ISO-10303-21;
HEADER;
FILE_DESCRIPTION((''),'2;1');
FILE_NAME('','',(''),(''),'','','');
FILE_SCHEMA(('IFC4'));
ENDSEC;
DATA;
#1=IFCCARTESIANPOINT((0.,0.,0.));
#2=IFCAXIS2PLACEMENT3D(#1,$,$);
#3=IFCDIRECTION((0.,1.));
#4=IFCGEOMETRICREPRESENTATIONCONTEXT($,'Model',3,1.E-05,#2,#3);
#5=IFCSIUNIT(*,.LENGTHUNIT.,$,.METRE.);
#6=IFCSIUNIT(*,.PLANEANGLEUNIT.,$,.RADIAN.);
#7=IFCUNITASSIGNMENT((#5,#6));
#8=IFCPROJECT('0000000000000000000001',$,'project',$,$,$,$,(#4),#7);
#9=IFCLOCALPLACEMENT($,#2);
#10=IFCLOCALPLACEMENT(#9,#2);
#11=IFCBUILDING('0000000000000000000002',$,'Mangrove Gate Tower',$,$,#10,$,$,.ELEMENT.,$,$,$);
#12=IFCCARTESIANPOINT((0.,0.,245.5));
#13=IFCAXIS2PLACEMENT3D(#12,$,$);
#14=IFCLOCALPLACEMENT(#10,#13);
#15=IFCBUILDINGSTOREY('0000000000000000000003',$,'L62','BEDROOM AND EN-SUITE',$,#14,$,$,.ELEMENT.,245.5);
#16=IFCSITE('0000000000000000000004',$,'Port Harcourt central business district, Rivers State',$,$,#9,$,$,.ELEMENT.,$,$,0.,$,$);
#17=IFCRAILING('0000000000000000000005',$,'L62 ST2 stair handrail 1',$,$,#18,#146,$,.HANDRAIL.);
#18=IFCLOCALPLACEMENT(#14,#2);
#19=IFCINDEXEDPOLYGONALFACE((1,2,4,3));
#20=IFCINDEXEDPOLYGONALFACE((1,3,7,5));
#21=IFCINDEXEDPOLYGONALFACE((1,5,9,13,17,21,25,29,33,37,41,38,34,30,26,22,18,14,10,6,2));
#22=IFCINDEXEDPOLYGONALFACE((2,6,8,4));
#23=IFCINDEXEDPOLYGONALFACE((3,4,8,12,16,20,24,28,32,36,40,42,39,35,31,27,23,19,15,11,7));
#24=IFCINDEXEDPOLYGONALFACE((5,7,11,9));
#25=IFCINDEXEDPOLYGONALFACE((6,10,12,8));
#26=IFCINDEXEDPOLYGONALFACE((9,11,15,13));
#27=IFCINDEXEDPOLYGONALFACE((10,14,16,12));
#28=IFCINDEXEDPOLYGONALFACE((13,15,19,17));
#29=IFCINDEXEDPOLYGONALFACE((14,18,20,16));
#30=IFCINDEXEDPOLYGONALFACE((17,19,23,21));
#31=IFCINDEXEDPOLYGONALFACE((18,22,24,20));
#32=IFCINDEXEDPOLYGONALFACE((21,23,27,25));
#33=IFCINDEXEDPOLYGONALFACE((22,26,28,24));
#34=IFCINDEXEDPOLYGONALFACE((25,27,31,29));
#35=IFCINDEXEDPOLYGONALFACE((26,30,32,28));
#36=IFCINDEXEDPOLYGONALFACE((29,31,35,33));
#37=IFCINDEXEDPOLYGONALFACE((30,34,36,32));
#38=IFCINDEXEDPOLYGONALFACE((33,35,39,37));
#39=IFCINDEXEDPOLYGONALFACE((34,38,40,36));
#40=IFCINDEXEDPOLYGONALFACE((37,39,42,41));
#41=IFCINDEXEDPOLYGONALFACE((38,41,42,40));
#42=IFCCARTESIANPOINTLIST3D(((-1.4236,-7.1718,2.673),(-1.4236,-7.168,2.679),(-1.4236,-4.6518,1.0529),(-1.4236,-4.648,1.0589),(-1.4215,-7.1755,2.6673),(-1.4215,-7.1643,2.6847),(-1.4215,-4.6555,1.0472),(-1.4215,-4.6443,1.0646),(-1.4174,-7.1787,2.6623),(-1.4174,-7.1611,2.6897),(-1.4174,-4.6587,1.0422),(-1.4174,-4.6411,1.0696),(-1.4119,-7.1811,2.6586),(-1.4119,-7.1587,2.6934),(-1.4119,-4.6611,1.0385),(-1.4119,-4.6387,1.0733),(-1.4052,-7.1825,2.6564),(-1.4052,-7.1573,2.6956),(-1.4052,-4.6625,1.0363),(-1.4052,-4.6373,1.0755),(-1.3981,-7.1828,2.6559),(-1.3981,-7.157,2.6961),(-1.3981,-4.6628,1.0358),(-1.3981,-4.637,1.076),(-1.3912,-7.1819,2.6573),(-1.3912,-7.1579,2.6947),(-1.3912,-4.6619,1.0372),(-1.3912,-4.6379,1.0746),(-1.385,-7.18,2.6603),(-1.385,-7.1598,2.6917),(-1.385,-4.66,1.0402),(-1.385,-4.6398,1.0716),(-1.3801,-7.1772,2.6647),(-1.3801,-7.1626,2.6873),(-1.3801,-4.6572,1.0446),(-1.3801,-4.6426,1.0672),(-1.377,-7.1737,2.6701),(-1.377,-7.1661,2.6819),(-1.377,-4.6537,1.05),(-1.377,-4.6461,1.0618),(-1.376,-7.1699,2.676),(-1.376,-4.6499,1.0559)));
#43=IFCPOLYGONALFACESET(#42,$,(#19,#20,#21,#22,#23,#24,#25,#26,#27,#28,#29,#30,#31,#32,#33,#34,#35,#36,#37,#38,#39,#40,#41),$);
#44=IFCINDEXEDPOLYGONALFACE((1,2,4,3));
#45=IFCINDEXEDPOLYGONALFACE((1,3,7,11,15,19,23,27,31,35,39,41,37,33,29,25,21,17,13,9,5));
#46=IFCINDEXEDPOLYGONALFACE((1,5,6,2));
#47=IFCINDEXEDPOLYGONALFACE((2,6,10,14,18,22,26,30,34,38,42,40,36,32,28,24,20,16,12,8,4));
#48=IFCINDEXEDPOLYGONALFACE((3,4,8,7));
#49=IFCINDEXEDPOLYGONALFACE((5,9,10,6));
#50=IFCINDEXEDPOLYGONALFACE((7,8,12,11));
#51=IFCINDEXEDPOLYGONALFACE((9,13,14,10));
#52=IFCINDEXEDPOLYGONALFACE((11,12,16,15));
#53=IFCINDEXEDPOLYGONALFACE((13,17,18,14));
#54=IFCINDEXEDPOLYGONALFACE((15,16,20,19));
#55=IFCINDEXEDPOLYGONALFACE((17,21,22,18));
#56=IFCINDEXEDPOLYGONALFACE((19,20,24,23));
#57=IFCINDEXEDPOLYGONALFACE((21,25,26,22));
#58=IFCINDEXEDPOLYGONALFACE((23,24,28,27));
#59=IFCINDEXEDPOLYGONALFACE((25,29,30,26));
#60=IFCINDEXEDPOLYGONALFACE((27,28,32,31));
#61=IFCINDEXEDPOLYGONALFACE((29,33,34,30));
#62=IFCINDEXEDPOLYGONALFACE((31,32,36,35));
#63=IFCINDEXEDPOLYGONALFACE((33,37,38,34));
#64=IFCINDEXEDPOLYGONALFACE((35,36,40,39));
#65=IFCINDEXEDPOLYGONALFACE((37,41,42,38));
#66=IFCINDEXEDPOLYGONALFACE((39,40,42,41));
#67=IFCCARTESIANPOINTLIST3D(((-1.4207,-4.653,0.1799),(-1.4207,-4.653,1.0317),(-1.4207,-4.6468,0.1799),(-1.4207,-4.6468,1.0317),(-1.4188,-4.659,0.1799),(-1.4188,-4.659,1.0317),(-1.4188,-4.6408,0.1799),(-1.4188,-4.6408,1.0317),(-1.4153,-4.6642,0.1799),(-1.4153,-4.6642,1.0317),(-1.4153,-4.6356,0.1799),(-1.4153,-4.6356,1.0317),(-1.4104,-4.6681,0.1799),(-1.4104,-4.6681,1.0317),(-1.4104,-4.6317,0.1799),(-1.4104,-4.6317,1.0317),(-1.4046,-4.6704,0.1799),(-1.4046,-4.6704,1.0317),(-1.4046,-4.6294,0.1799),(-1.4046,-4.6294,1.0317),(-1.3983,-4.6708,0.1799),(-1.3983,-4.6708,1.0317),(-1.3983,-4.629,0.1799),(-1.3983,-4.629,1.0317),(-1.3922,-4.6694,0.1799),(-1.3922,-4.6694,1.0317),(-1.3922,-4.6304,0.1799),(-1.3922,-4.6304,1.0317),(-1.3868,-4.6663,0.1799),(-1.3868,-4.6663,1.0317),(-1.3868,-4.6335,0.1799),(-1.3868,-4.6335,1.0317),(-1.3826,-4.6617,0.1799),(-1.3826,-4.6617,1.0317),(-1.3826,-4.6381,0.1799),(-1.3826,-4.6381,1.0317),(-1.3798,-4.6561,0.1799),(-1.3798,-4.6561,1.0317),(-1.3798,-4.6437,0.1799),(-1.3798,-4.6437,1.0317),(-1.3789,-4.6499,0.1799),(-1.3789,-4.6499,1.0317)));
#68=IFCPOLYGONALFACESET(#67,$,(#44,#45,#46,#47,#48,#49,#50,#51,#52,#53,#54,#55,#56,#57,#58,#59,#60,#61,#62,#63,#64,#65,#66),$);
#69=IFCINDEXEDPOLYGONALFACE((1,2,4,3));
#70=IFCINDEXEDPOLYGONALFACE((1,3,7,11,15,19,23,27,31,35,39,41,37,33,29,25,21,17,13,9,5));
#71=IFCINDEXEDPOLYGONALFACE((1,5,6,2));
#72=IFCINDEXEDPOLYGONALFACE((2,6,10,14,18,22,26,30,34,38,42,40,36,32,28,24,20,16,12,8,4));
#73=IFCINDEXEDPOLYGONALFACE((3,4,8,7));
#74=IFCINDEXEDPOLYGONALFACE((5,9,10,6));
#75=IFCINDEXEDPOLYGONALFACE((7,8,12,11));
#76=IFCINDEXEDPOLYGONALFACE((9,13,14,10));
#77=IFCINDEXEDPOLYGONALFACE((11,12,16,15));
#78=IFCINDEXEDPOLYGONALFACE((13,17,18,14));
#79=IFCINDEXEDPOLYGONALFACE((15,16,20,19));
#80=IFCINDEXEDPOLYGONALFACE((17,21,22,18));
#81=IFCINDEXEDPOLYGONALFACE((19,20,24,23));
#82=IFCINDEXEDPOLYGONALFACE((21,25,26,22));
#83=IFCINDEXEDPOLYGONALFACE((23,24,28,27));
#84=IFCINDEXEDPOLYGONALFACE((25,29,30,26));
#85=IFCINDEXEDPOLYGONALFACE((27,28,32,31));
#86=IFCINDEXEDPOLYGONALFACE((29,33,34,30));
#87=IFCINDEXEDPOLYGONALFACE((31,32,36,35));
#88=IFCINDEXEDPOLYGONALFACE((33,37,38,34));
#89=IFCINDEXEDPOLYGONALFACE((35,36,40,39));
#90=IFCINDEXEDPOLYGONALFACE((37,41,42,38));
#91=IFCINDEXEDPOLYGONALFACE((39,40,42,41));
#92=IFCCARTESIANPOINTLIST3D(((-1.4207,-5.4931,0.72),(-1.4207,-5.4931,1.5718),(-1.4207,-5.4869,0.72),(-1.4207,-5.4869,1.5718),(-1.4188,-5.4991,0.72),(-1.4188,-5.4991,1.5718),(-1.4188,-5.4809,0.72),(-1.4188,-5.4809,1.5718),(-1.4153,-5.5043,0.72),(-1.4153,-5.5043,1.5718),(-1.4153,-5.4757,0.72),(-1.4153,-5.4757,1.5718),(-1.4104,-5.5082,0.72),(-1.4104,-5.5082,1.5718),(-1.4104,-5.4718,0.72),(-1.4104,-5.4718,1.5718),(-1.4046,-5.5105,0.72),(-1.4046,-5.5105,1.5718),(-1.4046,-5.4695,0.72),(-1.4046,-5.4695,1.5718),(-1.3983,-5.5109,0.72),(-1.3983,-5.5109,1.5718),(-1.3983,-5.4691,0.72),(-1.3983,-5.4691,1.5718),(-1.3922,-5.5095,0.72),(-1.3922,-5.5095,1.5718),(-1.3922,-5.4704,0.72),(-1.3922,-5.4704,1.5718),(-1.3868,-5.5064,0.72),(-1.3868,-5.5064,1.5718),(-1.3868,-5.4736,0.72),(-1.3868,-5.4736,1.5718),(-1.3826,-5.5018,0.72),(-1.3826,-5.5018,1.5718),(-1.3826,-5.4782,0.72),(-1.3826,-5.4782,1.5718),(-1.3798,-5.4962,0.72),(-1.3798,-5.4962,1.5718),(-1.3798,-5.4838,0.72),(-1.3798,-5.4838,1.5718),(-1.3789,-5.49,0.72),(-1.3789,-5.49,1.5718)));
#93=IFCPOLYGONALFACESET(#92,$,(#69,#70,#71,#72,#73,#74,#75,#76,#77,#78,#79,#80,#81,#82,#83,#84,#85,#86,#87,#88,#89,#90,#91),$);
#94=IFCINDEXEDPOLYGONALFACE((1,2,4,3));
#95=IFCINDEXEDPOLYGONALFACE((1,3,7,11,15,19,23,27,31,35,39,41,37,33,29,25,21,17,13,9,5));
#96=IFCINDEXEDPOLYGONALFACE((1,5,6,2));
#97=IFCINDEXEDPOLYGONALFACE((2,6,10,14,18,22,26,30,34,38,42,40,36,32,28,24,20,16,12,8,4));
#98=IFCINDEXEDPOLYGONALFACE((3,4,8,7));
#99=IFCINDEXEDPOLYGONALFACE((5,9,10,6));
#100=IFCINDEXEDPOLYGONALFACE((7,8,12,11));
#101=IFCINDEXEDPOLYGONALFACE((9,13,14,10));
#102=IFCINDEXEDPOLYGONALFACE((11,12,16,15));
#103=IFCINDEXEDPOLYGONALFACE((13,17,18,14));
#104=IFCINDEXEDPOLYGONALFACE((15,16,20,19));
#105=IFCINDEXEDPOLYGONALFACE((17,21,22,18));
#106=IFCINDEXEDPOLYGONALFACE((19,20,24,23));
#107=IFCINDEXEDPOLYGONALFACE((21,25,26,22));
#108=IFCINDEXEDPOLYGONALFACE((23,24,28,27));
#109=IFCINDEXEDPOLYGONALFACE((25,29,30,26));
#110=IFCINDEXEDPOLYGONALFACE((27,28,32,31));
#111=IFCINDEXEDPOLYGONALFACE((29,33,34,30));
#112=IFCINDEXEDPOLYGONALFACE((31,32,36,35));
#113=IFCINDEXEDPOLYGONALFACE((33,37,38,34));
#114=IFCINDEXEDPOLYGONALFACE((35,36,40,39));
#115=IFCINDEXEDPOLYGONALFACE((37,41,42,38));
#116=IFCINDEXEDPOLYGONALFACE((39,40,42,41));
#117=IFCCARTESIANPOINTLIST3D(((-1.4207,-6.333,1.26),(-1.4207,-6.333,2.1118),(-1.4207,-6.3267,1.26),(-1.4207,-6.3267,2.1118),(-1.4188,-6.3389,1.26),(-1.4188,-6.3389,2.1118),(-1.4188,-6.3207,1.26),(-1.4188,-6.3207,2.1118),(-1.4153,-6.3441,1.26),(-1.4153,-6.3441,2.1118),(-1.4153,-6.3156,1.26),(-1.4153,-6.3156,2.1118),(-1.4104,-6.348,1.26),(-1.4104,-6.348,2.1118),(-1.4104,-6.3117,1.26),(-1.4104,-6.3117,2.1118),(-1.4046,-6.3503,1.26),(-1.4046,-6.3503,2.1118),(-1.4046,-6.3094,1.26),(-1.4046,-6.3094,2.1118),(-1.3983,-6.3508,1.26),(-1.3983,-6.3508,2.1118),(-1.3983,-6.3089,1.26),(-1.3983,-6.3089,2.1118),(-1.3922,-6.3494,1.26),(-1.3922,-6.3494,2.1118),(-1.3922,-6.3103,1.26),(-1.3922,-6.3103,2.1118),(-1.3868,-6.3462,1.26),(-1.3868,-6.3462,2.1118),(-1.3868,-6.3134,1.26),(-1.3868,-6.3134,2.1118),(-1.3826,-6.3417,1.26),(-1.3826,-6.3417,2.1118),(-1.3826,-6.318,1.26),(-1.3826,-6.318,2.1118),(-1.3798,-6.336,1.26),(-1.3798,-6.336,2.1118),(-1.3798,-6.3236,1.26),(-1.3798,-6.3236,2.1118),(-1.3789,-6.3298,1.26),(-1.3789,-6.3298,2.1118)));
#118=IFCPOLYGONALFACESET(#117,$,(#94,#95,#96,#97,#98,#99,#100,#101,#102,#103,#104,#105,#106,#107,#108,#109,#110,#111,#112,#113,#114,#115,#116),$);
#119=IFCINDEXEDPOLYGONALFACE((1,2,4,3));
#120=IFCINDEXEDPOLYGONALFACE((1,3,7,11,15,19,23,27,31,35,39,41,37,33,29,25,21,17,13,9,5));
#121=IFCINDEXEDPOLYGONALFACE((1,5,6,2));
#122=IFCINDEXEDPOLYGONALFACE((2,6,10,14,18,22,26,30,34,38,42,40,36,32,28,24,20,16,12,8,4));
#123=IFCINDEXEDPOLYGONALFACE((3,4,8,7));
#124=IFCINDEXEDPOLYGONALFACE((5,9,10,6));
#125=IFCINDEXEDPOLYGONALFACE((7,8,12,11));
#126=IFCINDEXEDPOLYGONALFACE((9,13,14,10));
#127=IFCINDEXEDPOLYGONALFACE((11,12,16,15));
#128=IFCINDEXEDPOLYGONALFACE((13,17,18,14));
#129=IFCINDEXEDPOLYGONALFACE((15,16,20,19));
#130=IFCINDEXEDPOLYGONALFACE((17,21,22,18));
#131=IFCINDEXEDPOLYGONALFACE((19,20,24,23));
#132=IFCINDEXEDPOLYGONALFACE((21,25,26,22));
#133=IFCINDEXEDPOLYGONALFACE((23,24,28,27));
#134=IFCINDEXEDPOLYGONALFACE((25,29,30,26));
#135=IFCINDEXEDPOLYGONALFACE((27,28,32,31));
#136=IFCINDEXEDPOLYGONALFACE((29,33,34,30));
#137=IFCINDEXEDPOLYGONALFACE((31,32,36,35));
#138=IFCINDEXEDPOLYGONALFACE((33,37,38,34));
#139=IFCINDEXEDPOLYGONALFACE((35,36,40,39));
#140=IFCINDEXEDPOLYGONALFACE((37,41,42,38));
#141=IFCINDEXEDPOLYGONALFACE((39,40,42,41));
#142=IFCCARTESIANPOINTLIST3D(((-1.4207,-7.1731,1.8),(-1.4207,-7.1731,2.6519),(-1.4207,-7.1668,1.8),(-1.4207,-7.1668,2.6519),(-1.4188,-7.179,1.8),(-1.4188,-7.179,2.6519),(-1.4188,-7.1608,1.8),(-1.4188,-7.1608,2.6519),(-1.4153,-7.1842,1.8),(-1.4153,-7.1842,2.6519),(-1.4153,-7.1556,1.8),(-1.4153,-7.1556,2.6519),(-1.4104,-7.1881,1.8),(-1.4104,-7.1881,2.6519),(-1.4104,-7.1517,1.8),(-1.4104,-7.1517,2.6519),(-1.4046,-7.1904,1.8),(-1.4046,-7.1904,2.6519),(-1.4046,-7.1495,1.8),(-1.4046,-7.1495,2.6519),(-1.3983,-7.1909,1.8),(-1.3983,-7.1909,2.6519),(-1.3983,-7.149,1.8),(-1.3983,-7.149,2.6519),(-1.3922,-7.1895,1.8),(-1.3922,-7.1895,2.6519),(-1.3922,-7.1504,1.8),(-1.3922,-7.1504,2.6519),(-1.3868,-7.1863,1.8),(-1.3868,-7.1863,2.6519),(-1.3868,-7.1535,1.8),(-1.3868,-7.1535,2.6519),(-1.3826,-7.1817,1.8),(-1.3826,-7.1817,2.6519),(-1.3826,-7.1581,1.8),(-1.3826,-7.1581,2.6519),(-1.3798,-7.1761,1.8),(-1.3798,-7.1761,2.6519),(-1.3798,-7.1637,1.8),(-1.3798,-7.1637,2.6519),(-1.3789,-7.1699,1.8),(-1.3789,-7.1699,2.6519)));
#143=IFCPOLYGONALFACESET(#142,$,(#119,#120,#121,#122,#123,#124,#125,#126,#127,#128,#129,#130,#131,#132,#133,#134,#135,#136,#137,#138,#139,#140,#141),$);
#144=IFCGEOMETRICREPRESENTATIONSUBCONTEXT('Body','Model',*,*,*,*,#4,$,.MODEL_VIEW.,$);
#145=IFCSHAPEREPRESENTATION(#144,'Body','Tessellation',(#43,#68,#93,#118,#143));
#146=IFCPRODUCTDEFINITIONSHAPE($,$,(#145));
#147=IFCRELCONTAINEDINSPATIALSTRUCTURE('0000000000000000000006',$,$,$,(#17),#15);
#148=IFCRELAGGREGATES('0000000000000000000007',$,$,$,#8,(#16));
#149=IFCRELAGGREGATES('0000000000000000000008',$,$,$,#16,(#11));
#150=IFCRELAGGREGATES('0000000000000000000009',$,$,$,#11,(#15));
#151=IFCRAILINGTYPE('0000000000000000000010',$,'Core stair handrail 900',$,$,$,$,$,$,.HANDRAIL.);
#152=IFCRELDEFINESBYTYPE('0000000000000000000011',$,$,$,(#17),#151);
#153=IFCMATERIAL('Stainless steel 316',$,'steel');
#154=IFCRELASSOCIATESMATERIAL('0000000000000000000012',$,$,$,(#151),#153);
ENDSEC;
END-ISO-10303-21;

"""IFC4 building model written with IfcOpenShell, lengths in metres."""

from ifc_helpers import new_model, si_unit, direction, frame, origin, origin_2d, place, context, subcontext, project, spatial, circle, extrude, material, type_object, element, save


model = new_model("IFC4")

# Units and contexts
model_context = context("Model", 3, precision=1e-05, world=origin(), true_north=direction((0.0, 1.0)))
body_context = subcontext(model_context, "Body", "Model", "MODEL_VIEW")
ifc_project = project(units=[si_unit("LENGTHUNIT", "METRE"), si_unit("PLANEANGLEUNIT", "RADIAN")], contexts=[model_context])

# Site, building, storey
site_placement = place(None, origin())
site = spatial("IfcSite", under=ifc_project, at=site_placement, Name="Port Harcourt central business district, Rivers State", CompositionType="ELEMENT", RefElevation=0.0)
building_placement = place(site_placement, origin())
building = spatial("IfcBuilding", under=site, at=building_placement, Name="Mangrove Gate Tower", CompositionType="ELEMENT")
storey_placement = place(building_placement, frame((0.0, 0.0, 245.5)))
storey = spatial("IfcBuildingStorey", under=building, at=storey_placement, Name="L62", Description="BEDROOM AND EN-SUITE", CompositionType="ELEMENT", Elevation=245.5)

# Railing
ifc_material_1 = material(Name="Stainless steel 316", Category="steel")
railing_type_1 = type_object("IfcRailingType", Name="Core stair handrail 900", PredefinedType="HANDRAIL", material=ifc_material_1)
railing_1_placement = place(storey_placement, frame((-1.3999, -4.6499, 0.1799)))
element("IfcRailing", 1, at=railing_1_placement, inside=storey, type_object=railing_type_1, Name="L62 ST2 stair handrail 1", PredefinedType="HANDRAIL", context=body_context, shape_type="SweptSolid", body=[
    extrude(circle(Radius=0.0239, at=origin_2d()), frame((0.0, 0.0, 0.876), z_axis=(0.0, -0.841163, 0.540782), x_axis=(1.0, 0.0, 0.0)), (0.0, 0.0, 1.0), 2.9958),
    extrude(circle(Radius=0.021, at=origin_2d()), origin(), (0.0, 0.0, 1.0), 0.8518),
    extrude(circle(Radius=0.021, at=origin_2d()), frame((0.0, -0.8401, 0.54)), (0.0, 0.0, 1.0), 0.8518),
    extrude(circle(Radius=0.021, at=origin_2d()), frame((0.0, -1.6799, 1.0801)), (0.0, 0.0, 1.0), 0.8518),
    extrude(circle(Radius=0.021, at=origin_2d()), frame((0.0, -2.52, 1.6201)), (0.0, 0.0, 1.0), 0.8518),
])

save(model, "model.ifc")
